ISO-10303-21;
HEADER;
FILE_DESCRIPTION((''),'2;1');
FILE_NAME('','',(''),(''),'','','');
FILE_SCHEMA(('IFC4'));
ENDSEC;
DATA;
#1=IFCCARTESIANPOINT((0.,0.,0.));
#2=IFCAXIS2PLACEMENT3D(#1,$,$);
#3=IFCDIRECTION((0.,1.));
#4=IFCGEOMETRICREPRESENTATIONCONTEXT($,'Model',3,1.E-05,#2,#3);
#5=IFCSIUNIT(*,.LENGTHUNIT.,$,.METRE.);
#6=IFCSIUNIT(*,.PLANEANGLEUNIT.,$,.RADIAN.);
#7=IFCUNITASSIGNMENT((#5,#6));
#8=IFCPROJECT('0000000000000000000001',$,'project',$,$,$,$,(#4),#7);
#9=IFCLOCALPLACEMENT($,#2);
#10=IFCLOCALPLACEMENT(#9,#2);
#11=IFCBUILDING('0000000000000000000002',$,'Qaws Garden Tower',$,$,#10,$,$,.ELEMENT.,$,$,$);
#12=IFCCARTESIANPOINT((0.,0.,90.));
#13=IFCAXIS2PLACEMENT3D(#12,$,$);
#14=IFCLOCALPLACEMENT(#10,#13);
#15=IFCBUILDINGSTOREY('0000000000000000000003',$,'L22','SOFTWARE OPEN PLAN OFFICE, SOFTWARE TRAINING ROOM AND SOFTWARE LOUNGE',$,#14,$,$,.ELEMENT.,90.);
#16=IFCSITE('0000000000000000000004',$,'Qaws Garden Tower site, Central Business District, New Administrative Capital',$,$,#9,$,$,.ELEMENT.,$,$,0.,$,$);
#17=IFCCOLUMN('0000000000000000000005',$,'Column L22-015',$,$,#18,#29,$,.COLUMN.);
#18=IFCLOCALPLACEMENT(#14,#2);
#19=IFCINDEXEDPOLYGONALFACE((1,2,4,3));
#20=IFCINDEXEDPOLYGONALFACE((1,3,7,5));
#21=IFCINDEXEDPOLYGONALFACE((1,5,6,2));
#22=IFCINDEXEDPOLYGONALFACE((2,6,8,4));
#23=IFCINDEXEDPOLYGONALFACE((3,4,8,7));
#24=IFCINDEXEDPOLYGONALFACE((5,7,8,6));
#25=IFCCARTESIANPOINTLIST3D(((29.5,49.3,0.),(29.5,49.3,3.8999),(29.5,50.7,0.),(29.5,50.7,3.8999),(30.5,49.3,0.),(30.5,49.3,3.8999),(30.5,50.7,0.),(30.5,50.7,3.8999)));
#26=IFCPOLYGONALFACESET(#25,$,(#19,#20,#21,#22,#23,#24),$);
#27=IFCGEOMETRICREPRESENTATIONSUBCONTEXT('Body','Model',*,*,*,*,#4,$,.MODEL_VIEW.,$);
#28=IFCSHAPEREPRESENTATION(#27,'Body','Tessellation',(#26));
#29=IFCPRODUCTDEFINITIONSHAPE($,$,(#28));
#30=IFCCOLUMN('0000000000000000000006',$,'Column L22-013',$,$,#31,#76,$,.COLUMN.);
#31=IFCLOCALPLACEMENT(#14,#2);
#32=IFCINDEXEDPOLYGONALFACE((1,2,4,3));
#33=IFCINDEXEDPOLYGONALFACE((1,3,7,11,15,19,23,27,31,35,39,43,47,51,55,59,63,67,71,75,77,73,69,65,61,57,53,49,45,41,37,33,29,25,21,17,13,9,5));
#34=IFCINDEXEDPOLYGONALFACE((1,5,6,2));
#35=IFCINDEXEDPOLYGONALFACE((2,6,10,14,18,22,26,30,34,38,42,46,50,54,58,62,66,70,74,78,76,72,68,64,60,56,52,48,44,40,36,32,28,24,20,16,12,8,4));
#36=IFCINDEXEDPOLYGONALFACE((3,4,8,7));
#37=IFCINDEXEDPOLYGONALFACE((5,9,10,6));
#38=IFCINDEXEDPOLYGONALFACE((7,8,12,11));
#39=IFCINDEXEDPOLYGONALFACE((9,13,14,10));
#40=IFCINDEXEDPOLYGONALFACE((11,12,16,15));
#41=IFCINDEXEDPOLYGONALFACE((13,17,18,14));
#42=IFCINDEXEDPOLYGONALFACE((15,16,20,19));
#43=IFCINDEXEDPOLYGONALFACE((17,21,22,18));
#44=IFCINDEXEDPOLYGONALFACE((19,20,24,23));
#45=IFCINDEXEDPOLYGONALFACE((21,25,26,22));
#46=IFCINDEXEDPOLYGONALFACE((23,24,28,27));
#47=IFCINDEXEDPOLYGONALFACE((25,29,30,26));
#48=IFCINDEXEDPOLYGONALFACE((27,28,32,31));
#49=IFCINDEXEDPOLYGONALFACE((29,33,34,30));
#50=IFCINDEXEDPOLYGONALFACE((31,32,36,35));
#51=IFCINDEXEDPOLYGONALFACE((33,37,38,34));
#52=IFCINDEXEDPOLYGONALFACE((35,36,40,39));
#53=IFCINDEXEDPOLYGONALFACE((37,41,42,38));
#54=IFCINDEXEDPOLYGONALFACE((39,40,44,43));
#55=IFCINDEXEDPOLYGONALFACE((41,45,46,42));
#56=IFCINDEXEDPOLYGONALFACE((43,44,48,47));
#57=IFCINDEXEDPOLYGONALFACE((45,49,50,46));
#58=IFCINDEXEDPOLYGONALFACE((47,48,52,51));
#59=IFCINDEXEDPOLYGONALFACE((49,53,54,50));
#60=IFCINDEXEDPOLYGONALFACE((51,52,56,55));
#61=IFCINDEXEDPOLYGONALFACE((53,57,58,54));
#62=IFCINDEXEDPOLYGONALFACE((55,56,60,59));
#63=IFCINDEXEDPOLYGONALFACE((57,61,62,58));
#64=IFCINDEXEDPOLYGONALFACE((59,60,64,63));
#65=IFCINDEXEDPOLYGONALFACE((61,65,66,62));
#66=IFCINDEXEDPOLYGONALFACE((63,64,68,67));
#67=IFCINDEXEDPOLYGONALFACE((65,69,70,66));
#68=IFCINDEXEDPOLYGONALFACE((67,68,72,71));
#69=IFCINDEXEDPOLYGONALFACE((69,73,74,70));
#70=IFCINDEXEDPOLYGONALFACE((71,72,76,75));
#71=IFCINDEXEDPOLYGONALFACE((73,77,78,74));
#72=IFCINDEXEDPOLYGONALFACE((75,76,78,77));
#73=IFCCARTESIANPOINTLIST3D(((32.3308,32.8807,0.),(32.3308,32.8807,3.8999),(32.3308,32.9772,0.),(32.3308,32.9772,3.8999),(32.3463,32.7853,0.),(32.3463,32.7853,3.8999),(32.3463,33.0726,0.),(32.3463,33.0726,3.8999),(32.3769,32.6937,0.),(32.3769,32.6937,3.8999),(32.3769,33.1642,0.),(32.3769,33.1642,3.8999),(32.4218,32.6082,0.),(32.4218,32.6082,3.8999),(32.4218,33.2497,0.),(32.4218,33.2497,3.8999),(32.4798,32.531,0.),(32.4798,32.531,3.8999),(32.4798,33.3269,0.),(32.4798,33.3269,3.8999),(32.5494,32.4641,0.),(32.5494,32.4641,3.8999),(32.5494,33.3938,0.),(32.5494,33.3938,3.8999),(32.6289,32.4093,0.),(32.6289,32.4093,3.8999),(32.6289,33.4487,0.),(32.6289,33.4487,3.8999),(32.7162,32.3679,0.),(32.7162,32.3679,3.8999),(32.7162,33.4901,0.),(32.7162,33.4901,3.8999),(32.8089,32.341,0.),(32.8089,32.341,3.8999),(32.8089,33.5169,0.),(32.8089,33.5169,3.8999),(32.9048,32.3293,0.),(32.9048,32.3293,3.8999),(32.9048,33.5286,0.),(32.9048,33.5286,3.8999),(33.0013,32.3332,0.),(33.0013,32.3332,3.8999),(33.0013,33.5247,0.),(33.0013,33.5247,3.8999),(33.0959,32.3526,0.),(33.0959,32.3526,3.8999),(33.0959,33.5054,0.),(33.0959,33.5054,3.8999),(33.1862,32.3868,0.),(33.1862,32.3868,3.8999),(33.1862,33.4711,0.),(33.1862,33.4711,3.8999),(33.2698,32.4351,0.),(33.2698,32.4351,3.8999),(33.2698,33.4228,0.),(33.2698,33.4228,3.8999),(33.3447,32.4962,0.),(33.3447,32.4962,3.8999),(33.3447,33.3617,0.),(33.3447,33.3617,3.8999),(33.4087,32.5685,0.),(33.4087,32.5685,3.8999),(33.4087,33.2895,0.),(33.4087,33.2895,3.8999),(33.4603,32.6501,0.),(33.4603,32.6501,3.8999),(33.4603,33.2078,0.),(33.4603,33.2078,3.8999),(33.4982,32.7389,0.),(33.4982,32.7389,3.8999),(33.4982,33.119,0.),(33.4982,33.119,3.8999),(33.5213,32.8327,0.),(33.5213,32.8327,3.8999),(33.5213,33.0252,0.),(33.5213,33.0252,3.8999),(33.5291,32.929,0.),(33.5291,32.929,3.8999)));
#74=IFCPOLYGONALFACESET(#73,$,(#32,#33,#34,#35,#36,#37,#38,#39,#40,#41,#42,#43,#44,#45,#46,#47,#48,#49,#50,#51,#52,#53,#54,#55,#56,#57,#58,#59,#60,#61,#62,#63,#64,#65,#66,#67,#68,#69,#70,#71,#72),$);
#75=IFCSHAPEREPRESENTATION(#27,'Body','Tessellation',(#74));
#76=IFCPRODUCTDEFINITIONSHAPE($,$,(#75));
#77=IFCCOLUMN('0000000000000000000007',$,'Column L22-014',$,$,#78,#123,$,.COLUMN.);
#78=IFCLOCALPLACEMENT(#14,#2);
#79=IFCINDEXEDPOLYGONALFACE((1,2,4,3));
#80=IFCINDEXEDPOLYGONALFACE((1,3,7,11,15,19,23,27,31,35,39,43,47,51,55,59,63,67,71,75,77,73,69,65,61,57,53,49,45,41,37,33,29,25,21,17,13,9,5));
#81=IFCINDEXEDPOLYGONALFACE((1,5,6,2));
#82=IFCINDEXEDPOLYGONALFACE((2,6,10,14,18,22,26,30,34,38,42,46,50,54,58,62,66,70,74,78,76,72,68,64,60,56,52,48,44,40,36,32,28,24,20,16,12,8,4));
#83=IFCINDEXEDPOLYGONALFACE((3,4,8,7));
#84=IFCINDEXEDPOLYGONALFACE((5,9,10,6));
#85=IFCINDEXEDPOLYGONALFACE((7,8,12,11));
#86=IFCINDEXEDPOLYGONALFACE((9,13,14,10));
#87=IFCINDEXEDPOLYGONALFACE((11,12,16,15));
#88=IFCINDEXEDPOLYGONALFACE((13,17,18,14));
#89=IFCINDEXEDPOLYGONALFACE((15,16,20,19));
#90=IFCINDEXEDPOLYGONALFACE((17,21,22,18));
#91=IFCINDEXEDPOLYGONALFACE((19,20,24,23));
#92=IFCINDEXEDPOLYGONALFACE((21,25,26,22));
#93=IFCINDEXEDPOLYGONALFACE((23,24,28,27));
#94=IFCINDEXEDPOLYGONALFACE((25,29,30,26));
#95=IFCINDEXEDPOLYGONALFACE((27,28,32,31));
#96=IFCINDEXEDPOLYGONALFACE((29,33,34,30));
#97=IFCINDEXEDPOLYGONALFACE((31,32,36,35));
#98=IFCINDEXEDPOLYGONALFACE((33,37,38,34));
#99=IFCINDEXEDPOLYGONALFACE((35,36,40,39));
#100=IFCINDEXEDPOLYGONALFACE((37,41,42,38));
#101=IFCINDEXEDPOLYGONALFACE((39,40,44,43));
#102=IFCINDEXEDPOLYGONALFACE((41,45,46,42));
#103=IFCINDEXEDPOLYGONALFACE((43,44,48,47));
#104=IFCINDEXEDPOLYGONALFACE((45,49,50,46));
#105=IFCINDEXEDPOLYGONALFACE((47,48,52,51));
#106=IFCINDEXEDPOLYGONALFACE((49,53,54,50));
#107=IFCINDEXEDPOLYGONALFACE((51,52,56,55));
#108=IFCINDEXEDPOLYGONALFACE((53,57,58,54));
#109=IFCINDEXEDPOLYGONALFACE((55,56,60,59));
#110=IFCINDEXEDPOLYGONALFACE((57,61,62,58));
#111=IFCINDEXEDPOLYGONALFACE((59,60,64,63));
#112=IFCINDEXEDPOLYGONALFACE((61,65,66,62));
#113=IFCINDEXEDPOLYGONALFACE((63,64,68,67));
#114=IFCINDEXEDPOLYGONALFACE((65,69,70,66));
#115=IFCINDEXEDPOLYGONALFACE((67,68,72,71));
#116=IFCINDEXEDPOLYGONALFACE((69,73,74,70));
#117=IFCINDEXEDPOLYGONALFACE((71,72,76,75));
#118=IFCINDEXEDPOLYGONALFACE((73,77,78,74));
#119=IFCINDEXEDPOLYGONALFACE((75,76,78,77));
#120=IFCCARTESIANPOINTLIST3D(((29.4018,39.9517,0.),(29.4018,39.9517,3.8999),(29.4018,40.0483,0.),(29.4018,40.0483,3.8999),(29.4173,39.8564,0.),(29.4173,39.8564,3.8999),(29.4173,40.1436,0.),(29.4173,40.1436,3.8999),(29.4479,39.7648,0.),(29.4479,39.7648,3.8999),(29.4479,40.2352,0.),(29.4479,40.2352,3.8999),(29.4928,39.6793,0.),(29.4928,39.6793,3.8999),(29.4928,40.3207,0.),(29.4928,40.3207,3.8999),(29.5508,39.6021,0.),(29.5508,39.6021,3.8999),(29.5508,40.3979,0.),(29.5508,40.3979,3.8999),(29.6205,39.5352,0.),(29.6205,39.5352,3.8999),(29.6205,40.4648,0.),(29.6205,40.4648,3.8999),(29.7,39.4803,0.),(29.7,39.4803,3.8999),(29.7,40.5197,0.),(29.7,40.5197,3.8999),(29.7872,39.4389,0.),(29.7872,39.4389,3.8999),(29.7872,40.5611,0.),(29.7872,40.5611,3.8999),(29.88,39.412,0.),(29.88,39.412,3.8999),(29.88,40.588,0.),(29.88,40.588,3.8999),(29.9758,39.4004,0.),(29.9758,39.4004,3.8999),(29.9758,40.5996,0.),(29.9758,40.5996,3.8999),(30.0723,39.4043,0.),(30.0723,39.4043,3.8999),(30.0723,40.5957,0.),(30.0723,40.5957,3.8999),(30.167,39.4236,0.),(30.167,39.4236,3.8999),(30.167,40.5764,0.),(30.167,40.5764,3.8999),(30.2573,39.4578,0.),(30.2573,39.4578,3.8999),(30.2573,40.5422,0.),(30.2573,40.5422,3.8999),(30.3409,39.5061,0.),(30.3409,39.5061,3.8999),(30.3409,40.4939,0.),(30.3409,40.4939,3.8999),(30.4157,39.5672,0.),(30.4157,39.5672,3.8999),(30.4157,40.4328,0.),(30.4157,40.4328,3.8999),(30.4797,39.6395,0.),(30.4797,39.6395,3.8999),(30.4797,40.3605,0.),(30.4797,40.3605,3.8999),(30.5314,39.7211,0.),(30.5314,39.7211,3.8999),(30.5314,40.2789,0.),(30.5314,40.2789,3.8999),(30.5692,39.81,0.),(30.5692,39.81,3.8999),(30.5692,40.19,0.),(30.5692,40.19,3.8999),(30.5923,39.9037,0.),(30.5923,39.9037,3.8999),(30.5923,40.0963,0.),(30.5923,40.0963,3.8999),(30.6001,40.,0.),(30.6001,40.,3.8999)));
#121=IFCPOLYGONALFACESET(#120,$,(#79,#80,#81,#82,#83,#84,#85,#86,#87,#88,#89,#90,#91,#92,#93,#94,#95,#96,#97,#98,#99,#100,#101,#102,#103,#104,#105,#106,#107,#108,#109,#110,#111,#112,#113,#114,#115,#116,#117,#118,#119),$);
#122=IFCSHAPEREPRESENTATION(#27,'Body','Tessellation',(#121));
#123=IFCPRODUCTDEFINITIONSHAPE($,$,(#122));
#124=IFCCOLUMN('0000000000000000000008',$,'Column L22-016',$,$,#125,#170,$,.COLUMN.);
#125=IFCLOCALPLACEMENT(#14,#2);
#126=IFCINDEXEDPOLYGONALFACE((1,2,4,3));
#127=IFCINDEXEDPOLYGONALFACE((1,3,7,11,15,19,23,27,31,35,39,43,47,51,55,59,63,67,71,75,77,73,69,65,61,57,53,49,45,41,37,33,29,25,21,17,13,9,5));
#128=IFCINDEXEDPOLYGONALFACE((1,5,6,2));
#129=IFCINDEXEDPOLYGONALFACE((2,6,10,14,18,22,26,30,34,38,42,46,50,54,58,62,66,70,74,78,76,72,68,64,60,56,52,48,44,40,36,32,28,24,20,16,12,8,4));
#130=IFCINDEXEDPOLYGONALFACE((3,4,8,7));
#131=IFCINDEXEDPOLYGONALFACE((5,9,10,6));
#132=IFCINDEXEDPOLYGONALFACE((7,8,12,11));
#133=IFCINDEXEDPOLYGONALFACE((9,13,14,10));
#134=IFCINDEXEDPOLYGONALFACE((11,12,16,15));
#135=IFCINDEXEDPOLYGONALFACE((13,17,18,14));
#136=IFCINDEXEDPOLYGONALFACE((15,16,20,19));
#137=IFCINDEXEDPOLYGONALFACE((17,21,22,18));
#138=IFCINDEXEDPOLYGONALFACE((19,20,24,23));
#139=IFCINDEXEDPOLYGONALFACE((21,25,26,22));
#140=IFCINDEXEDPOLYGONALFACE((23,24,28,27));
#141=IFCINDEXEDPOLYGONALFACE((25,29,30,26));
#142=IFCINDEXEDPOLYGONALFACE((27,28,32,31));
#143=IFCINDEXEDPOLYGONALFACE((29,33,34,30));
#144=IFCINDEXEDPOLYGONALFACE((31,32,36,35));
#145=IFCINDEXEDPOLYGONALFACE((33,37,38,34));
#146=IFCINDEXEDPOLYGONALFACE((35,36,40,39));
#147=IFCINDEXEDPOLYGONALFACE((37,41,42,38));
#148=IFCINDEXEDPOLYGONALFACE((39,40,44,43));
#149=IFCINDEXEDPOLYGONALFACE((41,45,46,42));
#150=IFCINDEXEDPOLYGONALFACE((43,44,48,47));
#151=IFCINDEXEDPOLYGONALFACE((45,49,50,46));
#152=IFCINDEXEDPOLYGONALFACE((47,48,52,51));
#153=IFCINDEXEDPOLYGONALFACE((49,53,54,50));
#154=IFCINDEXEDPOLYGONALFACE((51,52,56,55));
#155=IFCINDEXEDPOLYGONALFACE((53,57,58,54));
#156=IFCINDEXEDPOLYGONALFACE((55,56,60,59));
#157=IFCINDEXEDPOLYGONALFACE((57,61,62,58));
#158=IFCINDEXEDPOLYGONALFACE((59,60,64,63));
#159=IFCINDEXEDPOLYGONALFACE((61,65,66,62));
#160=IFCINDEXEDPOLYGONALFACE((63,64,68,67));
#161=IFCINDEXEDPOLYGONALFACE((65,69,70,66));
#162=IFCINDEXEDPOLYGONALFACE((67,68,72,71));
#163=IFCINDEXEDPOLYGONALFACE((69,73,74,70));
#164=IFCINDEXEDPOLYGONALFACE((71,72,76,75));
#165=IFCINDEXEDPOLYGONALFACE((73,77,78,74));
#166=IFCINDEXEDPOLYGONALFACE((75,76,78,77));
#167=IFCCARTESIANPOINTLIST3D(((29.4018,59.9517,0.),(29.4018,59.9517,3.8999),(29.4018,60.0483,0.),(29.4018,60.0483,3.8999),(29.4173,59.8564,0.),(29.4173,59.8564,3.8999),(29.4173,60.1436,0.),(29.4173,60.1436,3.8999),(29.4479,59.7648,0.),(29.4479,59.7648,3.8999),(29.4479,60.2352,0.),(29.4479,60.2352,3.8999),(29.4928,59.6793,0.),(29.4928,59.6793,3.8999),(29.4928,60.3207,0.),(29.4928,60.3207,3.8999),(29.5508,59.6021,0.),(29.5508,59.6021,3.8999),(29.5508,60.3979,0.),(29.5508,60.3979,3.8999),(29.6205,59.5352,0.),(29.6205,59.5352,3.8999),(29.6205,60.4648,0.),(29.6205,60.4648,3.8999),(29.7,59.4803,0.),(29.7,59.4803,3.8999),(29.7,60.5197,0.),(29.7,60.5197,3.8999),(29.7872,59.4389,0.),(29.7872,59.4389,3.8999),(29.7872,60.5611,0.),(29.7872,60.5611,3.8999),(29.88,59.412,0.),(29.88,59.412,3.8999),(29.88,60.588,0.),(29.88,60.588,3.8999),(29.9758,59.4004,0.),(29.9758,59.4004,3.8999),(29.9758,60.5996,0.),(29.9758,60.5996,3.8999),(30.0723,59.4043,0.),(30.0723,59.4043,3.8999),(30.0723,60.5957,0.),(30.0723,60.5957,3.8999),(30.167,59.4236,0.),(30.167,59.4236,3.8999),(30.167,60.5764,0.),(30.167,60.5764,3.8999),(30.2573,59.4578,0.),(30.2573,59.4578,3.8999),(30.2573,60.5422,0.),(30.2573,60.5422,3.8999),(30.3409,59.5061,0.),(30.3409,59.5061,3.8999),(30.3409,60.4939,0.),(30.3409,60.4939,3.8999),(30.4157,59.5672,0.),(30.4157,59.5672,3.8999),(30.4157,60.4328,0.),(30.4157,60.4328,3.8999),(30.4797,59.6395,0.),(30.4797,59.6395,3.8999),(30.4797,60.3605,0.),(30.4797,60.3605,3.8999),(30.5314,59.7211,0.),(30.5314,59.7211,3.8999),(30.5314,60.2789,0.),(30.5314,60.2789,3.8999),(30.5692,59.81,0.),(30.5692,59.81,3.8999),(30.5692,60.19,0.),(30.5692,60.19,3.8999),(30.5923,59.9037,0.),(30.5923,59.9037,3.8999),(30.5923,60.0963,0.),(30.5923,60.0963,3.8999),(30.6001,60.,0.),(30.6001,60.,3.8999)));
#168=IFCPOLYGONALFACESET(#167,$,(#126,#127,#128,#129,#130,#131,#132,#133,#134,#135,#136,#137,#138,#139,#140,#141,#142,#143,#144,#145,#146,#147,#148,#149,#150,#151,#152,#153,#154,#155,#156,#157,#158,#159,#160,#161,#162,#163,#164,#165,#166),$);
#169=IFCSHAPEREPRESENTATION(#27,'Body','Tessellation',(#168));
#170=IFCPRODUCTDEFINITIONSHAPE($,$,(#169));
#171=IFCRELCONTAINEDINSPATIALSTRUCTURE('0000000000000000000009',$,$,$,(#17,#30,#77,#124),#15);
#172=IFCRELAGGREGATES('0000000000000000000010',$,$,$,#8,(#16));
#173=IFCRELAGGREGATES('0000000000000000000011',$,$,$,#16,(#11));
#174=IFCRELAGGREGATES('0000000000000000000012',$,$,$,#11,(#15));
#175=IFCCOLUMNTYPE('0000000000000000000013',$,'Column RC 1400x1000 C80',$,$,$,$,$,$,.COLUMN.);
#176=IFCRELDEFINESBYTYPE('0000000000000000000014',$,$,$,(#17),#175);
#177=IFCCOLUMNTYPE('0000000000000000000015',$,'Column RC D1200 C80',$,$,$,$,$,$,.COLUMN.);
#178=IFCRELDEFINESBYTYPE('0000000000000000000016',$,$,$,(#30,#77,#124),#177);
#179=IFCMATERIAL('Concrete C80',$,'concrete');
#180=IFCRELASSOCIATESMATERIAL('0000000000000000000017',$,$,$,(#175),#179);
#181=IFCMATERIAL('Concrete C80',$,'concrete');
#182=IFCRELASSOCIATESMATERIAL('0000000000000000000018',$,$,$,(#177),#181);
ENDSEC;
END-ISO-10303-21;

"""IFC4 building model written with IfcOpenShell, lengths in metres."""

from ifc_helpers import new_model, si_unit, direction, frame, origin, origin_2d, place, context, subcontext, project, spatial, rectangle, circle, extrude, material, material_profile, profile_set, type_object, element, save


model = new_model("IFC4")

# Units and contexts
model_context = context("Model", 3, precision=1e-05, world=origin(), true_north=direction((0.0, 1.0)))
body_context = subcontext(model_context, "Body", "Model", "MODEL_VIEW")
ifc_project = project(units=[si_unit("LENGTHUNIT", "METRE"), si_unit("PLANEANGLEUNIT", "RADIAN")], contexts=[model_context])

# Site, building, storey
site_placement = place(None, origin())
site = spatial("IfcSite", under=ifc_project, at=site_placement, Name="Qaws Garden Tower site, Central Business District, New Administrative Capital", CompositionType="ELEMENT", RefElevation=0.0)
building_placement = place(site_placement, origin())
building = spatial("IfcBuilding", under=site, at=building_placement, Name="Qaws Garden Tower", CompositionType="ELEMENT")
storey_placement = place(building_placement, frame((0.0, 0.0, 90.0)))
storey = spatial("IfcBuildingStorey", under=building, at=storey_placement, Name="L22", Description="SOFTWARE OPEN PLAN OFFICE, SOFTWARE TRAINING ROOM AND SOFTWARE LOUNGE", CompositionType="ELEMENT", Elevation=90.0)

# Columns
ifc_material_1 = material(Name="Concrete C80", Category="concrete")
ifc_material_profile_1 = material_profile(ifc_material_1, rectangle(XDim=1.3999, YDim=1.0, at=origin_2d()), Name="RC 1400x1000")
ifc_profile_set_1 = profile_set([ifc_material_profile_1], Name="Concrete C80")
column_type_1 = type_object("IfcColumnType", Name="Column RC 1400x1000 C80", PredefinedType="COLUMN", material=ifc_profile_set_1)
column_placement = place(storey_placement, frame((30.0, 50.0, 0.0), z_axis=(0.0, 0.0, 1.0), x_axis=(0.0, 1.0, 0.0)))
element("IfcColumn", 1, at=column_placement, inside=storey, type_object=column_type_1, Name="Column L22-015", PredefinedType="COLUMN", context=body_context, shape_type="SweptSolid", body=[
    extrude(rectangle(XDim=1.3999, YDim=1.0, at=origin_2d()), origin(), (0.0, 0.0, 1.0), 3.8999),
])
ifc_material_2 = material(Name="Concrete C80", Category="concrete")
ifc_material_profile_2 = material_profile(ifc_material_2, circle(Radius=0.6001, at=origin_2d()), Name="RC D1200")
ifc_profile_set_2 = profile_set([ifc_material_profile_2], Name="Concrete C80")
column_type_2 = type_object("IfcColumnType", Name="Column RC D1200 C80", PredefinedType="COLUMN", material=ifc_profile_set_2)
for number, where, z_axis, x_axis, name in (
    (2, (32.929, 32.929, 0.0), (0.0, 0.0, 1.0), (1.0, 0.0, 0.0), "Column L22-013"),
    (3, (30.0, 40.0, 0.0), (0.0, 0.0, 1.0), (1.0, 0.0, 0.0), "Column L22-014"),
    (4, (30.0, 60.0, 0.0), (0.0, 0.0, 1.0), (1.0, 0.0, 0.0), "Column L22-016"),
):
    element("IfcColumn", number, at=place(storey_placement, frame(where, z_axis=z_axis, x_axis=x_axis)), inside=storey, type_object=column_type_2, Name=name, PredefinedType="COLUMN", context=body_context, shape_type="SweptSolid", body=[
        extrude(circle(Radius=0.6001, at=origin_2d()), origin(), (0.0, 0.0, 1.0), 3.8999),
    ])

save(model, "model.ifc")
